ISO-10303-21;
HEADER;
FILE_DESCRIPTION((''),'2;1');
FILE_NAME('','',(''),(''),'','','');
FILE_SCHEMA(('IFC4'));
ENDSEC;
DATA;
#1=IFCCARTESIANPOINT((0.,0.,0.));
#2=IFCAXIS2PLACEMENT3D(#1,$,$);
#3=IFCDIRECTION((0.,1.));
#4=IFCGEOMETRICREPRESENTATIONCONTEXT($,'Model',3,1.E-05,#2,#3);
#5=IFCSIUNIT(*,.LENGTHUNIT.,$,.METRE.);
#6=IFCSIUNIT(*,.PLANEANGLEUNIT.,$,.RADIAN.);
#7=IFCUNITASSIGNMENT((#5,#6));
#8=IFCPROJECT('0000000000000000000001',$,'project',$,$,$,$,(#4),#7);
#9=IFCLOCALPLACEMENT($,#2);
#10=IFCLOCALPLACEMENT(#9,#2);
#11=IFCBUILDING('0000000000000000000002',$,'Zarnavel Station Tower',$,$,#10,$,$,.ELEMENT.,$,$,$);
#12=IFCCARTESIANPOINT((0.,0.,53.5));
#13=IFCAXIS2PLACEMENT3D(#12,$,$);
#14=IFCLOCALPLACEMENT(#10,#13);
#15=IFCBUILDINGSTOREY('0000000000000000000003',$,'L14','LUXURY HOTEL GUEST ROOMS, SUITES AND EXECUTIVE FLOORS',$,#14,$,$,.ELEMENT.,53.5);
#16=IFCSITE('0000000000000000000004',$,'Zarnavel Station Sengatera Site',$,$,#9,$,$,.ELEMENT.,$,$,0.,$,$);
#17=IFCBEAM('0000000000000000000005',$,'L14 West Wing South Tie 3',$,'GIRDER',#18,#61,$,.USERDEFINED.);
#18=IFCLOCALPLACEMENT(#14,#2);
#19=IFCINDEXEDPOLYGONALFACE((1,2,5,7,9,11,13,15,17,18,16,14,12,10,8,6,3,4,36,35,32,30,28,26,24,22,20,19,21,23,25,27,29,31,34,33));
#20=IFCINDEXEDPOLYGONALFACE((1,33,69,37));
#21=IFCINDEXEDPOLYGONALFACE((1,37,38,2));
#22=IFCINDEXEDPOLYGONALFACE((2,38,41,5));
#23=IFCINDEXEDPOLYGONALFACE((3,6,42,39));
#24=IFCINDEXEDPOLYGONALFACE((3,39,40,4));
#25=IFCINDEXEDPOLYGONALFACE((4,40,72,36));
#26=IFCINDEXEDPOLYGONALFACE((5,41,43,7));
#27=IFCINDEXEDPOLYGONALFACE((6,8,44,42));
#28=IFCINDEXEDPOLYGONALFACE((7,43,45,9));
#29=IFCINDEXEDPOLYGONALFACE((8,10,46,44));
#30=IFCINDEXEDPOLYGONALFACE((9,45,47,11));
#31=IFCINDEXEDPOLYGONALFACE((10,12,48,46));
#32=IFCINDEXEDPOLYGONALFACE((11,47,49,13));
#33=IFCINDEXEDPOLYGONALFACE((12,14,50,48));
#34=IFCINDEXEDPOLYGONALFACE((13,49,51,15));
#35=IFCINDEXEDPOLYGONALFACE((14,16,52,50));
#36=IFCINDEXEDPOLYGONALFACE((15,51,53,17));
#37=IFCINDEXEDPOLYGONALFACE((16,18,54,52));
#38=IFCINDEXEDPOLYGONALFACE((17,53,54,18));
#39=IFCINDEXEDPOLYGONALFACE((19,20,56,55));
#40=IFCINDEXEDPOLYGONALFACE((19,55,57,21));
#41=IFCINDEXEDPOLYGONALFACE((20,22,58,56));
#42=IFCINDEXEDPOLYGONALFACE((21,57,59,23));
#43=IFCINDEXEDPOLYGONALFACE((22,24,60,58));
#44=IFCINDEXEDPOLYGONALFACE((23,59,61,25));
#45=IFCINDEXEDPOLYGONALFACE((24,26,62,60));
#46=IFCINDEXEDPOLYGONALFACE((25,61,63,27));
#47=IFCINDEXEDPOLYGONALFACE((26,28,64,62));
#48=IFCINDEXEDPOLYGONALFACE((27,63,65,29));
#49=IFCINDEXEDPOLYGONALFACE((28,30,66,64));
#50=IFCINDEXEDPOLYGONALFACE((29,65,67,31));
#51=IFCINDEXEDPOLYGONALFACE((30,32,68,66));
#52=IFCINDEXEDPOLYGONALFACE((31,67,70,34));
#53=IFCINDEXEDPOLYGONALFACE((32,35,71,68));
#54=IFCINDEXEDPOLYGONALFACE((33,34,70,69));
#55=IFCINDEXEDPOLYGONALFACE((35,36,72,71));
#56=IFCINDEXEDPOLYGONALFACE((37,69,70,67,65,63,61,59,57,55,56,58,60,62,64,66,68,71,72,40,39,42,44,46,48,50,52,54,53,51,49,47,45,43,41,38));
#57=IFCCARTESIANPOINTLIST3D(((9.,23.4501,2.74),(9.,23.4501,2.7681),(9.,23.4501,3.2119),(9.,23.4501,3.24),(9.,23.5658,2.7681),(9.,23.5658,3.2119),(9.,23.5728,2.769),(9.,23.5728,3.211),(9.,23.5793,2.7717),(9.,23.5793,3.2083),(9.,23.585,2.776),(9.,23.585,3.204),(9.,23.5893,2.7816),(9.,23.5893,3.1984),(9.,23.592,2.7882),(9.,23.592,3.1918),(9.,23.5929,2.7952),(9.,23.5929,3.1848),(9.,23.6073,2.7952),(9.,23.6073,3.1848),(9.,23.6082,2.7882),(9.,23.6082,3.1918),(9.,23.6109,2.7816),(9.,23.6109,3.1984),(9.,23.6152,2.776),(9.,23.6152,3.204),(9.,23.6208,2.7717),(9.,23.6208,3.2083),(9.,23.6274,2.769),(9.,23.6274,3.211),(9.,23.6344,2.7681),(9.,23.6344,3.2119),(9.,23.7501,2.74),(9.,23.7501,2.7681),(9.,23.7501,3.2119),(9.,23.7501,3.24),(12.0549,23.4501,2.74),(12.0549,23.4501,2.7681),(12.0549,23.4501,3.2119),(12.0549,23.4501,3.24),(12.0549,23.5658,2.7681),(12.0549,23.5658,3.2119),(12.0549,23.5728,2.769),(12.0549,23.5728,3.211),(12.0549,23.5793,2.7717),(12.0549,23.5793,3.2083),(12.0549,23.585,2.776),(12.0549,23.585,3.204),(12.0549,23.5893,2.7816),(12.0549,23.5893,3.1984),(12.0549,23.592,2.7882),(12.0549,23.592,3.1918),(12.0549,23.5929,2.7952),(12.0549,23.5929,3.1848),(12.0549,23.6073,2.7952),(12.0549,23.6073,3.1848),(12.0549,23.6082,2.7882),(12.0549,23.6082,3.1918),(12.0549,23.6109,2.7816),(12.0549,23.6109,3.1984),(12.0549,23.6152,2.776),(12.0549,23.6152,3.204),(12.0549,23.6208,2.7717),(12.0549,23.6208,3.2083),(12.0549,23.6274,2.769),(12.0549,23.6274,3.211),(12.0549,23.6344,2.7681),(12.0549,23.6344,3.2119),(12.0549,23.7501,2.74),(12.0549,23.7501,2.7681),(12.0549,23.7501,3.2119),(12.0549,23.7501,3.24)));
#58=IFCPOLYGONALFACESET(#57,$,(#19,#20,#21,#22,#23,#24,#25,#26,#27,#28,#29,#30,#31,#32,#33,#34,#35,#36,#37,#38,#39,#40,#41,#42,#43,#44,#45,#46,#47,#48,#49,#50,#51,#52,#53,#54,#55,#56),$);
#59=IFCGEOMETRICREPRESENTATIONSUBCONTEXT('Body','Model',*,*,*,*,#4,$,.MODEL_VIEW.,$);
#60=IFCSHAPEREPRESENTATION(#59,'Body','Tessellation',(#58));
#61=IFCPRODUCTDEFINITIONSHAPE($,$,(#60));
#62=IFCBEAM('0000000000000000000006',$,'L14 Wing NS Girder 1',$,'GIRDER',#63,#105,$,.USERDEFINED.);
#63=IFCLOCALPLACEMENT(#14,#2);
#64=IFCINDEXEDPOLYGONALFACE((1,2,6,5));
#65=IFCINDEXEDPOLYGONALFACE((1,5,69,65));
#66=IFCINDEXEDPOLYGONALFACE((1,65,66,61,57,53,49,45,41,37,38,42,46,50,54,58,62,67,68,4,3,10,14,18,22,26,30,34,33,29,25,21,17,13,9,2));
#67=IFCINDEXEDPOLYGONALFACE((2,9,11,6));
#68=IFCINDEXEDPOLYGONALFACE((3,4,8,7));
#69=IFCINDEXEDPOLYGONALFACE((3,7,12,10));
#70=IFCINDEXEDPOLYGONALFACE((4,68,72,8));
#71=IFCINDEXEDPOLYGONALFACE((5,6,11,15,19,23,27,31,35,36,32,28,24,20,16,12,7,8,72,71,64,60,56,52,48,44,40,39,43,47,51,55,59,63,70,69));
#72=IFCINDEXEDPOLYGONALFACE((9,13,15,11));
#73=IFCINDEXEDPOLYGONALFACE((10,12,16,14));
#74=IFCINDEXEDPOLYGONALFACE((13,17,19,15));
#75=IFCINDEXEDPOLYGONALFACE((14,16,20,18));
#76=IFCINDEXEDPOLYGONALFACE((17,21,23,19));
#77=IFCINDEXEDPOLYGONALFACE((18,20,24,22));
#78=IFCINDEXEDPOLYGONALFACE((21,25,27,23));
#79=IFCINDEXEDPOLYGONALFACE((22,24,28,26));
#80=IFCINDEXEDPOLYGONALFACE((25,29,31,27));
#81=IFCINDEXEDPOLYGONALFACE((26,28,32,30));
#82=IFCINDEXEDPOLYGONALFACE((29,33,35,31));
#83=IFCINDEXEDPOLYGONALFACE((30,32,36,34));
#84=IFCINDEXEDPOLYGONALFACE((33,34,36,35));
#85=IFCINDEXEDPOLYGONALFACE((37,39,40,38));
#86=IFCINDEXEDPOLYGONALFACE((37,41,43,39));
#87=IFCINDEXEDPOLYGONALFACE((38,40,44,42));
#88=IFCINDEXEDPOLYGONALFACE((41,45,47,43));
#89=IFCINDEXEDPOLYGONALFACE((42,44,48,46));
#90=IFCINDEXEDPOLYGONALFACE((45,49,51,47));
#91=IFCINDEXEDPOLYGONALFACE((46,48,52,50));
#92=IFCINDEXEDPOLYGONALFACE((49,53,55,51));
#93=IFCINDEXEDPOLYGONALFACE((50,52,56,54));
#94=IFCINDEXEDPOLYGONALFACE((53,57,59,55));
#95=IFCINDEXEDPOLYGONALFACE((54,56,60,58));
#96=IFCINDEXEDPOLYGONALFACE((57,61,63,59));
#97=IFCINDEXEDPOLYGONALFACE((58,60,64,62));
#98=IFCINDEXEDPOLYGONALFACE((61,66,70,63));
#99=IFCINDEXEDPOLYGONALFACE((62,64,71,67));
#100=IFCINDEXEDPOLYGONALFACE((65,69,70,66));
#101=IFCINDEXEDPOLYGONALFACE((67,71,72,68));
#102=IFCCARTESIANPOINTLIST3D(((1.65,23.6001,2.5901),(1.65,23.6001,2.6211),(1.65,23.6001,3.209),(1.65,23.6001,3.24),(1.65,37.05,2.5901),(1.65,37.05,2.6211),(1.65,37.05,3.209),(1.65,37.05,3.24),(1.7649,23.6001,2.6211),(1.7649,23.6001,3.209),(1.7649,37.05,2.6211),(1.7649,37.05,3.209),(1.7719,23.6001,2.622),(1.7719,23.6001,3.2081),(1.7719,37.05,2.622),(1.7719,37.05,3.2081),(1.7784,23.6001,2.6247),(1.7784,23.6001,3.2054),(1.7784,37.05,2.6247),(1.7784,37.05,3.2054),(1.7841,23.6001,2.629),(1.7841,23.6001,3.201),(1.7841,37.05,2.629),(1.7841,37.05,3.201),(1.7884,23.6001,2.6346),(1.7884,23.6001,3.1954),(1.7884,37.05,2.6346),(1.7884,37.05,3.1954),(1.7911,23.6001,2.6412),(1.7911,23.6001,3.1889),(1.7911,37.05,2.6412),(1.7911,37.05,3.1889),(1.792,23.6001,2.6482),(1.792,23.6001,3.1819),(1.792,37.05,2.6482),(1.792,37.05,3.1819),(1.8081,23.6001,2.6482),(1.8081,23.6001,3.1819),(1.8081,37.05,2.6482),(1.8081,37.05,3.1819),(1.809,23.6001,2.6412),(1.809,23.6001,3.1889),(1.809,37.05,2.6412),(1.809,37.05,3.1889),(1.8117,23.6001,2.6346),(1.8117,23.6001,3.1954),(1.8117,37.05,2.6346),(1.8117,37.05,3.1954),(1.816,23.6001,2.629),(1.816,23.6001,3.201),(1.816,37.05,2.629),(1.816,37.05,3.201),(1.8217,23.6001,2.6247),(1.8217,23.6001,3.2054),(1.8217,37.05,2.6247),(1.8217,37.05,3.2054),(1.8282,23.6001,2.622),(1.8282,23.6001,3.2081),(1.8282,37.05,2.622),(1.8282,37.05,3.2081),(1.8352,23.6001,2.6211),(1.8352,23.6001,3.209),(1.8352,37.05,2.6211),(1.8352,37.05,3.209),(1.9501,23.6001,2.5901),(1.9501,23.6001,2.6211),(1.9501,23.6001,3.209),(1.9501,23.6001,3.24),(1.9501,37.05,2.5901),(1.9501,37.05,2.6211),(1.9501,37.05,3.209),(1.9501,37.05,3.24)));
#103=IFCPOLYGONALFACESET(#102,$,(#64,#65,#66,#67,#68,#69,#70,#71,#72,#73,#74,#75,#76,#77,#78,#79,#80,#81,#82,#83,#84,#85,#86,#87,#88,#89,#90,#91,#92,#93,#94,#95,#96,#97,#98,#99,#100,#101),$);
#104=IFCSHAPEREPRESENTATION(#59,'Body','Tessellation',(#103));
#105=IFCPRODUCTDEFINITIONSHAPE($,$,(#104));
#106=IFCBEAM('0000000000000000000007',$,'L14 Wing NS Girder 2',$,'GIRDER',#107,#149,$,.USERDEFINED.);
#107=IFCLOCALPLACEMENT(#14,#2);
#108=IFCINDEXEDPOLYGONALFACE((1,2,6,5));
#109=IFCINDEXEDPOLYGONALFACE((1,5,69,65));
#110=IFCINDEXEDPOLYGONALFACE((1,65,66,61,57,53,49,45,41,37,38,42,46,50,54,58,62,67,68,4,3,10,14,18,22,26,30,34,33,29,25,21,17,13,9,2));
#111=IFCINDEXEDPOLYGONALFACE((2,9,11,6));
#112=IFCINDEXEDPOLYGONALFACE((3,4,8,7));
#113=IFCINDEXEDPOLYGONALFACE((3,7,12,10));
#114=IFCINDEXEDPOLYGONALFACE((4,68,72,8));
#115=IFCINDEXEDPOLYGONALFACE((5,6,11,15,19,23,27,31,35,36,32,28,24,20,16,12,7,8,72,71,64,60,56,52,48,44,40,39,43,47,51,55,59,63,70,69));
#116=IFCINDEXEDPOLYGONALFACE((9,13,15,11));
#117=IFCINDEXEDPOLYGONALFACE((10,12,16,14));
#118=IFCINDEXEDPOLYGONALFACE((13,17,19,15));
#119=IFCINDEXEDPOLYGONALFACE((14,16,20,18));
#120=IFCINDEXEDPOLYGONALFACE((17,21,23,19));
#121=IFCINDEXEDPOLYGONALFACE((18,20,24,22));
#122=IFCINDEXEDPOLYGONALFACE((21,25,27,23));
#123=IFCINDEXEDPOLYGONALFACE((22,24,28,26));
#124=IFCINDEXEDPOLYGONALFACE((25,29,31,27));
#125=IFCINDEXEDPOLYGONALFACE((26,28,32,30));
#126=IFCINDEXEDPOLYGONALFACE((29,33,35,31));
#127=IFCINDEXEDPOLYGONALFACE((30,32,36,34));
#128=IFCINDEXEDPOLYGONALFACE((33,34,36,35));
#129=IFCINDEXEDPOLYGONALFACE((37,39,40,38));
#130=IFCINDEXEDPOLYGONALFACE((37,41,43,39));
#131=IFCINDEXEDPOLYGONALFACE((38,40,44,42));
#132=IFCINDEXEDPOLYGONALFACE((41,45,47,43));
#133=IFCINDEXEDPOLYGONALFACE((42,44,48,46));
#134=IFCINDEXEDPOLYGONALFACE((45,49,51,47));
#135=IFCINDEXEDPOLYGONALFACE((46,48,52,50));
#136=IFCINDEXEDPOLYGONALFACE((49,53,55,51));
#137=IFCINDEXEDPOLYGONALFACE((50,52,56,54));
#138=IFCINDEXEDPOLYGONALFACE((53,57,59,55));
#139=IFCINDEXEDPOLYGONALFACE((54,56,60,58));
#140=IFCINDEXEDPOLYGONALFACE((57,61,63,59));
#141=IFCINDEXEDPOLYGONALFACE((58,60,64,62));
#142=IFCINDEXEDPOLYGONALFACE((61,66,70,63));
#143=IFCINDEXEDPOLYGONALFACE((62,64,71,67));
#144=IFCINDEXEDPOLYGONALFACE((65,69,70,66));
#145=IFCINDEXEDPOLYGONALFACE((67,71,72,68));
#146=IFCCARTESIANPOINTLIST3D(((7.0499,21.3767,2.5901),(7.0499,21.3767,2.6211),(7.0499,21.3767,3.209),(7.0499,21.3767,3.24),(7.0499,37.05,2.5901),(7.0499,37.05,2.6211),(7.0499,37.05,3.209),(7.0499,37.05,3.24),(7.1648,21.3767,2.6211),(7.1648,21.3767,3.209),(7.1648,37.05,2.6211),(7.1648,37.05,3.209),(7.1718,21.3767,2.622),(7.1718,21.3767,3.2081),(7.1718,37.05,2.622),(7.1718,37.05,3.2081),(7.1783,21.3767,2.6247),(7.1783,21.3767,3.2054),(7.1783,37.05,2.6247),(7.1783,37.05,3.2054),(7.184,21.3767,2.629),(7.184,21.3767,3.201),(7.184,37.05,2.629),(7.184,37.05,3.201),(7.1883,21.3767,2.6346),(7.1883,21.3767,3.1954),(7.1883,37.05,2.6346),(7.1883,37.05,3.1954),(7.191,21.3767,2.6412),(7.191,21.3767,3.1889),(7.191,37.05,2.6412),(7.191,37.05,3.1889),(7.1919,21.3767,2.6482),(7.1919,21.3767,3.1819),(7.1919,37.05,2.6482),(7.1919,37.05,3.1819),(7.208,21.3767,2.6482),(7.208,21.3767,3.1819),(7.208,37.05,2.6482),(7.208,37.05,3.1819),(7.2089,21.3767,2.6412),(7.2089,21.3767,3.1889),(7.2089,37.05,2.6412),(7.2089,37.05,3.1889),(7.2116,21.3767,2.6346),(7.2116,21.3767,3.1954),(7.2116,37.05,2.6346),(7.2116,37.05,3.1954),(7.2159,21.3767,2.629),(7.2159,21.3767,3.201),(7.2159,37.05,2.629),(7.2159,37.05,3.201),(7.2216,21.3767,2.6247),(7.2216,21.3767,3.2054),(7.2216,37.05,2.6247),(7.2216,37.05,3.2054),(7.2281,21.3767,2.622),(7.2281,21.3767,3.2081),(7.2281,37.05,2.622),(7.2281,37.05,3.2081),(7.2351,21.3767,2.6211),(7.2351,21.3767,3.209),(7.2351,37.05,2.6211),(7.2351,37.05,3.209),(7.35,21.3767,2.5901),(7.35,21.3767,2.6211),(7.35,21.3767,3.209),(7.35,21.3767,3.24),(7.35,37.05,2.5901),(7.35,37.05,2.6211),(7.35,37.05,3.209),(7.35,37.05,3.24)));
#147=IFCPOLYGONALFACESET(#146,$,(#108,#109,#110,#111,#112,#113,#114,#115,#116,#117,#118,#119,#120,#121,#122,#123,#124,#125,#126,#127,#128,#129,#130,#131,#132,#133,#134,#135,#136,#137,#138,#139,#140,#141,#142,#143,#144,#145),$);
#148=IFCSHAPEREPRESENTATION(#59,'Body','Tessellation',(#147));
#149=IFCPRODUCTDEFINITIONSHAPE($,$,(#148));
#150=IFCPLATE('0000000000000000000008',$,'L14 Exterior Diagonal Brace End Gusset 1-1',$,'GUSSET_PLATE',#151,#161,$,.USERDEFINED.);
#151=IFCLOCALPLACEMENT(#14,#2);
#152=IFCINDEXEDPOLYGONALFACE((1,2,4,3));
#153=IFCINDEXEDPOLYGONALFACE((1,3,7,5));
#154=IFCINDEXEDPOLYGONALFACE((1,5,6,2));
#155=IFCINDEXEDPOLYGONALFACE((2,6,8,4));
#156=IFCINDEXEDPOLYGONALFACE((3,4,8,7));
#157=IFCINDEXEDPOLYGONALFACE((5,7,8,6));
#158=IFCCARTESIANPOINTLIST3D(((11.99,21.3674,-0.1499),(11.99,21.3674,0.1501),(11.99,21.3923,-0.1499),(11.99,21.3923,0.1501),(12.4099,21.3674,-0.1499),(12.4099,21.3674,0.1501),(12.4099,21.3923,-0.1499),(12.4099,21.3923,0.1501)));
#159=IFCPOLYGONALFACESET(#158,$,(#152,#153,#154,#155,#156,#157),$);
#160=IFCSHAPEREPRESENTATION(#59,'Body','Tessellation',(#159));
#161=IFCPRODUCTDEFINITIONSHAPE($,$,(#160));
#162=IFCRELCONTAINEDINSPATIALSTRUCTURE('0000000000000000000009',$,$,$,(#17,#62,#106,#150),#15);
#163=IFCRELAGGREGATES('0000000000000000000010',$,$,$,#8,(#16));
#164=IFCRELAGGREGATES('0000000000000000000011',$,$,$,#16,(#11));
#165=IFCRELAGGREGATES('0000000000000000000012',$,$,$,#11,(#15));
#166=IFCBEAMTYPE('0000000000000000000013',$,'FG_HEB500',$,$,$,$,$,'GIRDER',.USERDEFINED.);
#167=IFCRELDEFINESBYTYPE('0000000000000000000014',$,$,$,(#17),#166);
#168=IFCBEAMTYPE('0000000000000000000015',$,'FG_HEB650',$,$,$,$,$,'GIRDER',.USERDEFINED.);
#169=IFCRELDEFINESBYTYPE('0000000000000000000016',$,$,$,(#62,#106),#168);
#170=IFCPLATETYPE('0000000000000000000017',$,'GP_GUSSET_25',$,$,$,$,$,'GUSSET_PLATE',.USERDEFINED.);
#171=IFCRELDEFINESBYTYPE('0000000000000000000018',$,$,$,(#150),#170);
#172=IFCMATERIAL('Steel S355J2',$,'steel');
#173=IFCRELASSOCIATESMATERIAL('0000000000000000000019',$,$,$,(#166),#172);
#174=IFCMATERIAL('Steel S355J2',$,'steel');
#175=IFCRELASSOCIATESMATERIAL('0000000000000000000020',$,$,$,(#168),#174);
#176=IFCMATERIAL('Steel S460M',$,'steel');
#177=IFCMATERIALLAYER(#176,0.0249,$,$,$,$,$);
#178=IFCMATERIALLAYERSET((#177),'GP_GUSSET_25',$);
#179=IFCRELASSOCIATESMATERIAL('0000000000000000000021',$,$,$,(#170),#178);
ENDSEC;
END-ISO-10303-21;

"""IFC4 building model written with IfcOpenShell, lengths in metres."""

from ifc_helpers import new_model, si_unit, direction, frame, origin, origin_2d, place, context, subcontext, project, spatial, rectangle, i_section, extrude, material, layer, layer_set, material_profile, profile_set, type_object, element, save


model = new_model("IFC4")

# Units and contexts
model_context = context("Model", 3, precision=1e-05, world=origin(), true_north=direction((0.0, 1.0)))
body_context = subcontext(model_context, "Body", "Model", "MODEL_VIEW")
ifc_project = project(units=[si_unit("LENGTHUNIT", "METRE"), si_unit("PLANEANGLEUNIT", "RADIAN")], contexts=[model_context])

# Site, building, storey
site_placement = place(None, origin())
site = spatial("IfcSite", under=ifc_project, at=site_placement, Name="Zarnavel Station Sengatera Site", CompositionType="ELEMENT", RefElevation=0.0)
building_placement = place(site_placement, origin())
building = spatial("IfcBuilding", under=site, at=building_placement, Name="Zarnavel Station Tower", CompositionType="ELEMENT")
storey_placement = place(building_placement, frame((0.0, 0.0, 53.5)))
storey = spatial("IfcBuildingStorey", under=building, at=storey_placement, Name="L14", Description="LUXURY HOTEL GUEST ROOMS, SUITES AND EXECUTIVE FLOORS", CompositionType="ELEMENT", Elevation=53.5)

# Beams
ifc_material_1 = material(Name="Steel S355J2", Category="steel")
ifc_material_profile_1 = material_profile(ifc_material_1, i_section(OverallWidth=0.3, OverallDepth=0.5, WebThickness=0.0144, FlangeThickness=0.0281, FilletRadius=0.0271, at=origin_2d()), Name="HEB500")
ifc_profile_set_1 = profile_set([ifc_material_profile_1], Name="Steel S355J2")
beam_type_1 = type_object("IfcBeamType", Name="FG_HEB500", ElementType="GIRDER", PredefinedType="USERDEFINED", material=ifc_profile_set_1)
beam_1_placement = place(storey_placement, frame((9.0, 23.6001, 2.99), z_axis=(1.0, 0.0, 0.0), x_axis=(0.0, 1.0, 0.0)))
element("IfcBeam", 1, at=beam_1_placement, inside=storey, type_object=beam_type_1, Name="L14 West Wing South Tie 3", ObjectType="GIRDER", PredefinedType="USERDEFINED", context=body_context, shape_type="SweptSolid", body=[
    extrude(i_section(OverallWidth=0.3, OverallDepth=0.5, WebThickness=0.0144, FlangeThickness=0.0281, FilletRadius=0.0271, at=origin_2d()), origin(), (0.0, 0.0, 1.0), 3.0549),
])
ifc_material_2 = material(Name="Steel S355J2", Category="steel")
ifc_material_profile_2 = material_profile(ifc_material_2, i_section(OverallWidth=0.3, OverallDepth=0.6499, WebThickness=0.0161, FlangeThickness=0.031, FilletRadius=0.0271, at=origin_2d()), Name="HEB650")
ifc_profile_set_2 = profile_set([ifc_material_profile_2], Name="Steel S355J2")
beam_type_2 = type_object("IfcBeamType", Name="FG_HEB650", ElementType="GIRDER", PredefinedType="USERDEFINED", material=ifc_profile_set_2)
beam_2_placement = place(storey_placement, frame((1.8, 23.6001, 2.915), z_axis=(0.0, 1.0, 0.0), x_axis=(-1.0, 0.0, 0.0)))
element("IfcBeam", 2, at=beam_2_placement, inside=storey, type_object=beam_type_2, Name="L14 Wing NS Girder 1", ObjectType="GIRDER", PredefinedType="USERDEFINED", context=body_context, shape_type="SweptSolid", body=[
    extrude(i_section(OverallWidth=0.3, OverallDepth=0.6499, WebThickness=0.0161, FlangeThickness=0.031, FilletRadius=0.0271, at=origin_2d()), origin(), (0.0, 0.0, 1.0), 13.45),
])
beam_3_placement = place(storey_placement, frame((7.2, 21.3767, 2.915), z_axis=(0.0, 1.0, 0.0), x_axis=(-1.0, 0.0, 0.0)))
element("IfcBeam", 3, at=beam_3_placement, inside=storey, type_object=beam_type_2, Name="L14 Wing NS Girder 2", ObjectType="GIRDER", PredefinedType="USERDEFINED", context=body_context, shape_type="SweptSolid", body=[
    extrude(i_section(OverallWidth=0.3, OverallDepth=0.6499, WebThickness=0.0161, FlangeThickness=0.031, FilletRadius=0.0271, at=origin_2d()), origin(), (0.0, 0.0, 1.0), 15.6733),
])

# Plate
ifc_material_3 = material(Name="Steel S460M", Category="steel")
ifc_layer_1 = layer(ifc_material_3, 0.0249)
ifc_layer_set_1 = layer_set([ifc_layer_1], Name="GP_GUSSET_25")
plate_type = type_object("IfcPlateType", Name="GP_GUSSET_25", ElementType="GUSSET_PLATE", PredefinedType="USERDEFINED", material=ifc_layer_set_1)
plate_placement = place(storey_placement, frame((12.2, 21.3799, -0.1499), z_axis=(0.0, 0.0, 1.0), x_axis=(1.0, 0.0, 0.0)))
element("IfcPlate", 4, at=plate_placement, inside=storey, type_object=plate_type, Name="L14 Exterior Diagonal Brace End Gusset 1-1", ObjectType="GUSSET_PLATE", PredefinedType="USERDEFINED", context=body_context, shape_type="SweptSolid", body=[
    extrude(rectangle(XDim=0.4199, YDim=0.0249, at=origin_2d()), origin(), (0.0, 0.0, 1.0), 0.3),
])

save(model, "model.ifc")
